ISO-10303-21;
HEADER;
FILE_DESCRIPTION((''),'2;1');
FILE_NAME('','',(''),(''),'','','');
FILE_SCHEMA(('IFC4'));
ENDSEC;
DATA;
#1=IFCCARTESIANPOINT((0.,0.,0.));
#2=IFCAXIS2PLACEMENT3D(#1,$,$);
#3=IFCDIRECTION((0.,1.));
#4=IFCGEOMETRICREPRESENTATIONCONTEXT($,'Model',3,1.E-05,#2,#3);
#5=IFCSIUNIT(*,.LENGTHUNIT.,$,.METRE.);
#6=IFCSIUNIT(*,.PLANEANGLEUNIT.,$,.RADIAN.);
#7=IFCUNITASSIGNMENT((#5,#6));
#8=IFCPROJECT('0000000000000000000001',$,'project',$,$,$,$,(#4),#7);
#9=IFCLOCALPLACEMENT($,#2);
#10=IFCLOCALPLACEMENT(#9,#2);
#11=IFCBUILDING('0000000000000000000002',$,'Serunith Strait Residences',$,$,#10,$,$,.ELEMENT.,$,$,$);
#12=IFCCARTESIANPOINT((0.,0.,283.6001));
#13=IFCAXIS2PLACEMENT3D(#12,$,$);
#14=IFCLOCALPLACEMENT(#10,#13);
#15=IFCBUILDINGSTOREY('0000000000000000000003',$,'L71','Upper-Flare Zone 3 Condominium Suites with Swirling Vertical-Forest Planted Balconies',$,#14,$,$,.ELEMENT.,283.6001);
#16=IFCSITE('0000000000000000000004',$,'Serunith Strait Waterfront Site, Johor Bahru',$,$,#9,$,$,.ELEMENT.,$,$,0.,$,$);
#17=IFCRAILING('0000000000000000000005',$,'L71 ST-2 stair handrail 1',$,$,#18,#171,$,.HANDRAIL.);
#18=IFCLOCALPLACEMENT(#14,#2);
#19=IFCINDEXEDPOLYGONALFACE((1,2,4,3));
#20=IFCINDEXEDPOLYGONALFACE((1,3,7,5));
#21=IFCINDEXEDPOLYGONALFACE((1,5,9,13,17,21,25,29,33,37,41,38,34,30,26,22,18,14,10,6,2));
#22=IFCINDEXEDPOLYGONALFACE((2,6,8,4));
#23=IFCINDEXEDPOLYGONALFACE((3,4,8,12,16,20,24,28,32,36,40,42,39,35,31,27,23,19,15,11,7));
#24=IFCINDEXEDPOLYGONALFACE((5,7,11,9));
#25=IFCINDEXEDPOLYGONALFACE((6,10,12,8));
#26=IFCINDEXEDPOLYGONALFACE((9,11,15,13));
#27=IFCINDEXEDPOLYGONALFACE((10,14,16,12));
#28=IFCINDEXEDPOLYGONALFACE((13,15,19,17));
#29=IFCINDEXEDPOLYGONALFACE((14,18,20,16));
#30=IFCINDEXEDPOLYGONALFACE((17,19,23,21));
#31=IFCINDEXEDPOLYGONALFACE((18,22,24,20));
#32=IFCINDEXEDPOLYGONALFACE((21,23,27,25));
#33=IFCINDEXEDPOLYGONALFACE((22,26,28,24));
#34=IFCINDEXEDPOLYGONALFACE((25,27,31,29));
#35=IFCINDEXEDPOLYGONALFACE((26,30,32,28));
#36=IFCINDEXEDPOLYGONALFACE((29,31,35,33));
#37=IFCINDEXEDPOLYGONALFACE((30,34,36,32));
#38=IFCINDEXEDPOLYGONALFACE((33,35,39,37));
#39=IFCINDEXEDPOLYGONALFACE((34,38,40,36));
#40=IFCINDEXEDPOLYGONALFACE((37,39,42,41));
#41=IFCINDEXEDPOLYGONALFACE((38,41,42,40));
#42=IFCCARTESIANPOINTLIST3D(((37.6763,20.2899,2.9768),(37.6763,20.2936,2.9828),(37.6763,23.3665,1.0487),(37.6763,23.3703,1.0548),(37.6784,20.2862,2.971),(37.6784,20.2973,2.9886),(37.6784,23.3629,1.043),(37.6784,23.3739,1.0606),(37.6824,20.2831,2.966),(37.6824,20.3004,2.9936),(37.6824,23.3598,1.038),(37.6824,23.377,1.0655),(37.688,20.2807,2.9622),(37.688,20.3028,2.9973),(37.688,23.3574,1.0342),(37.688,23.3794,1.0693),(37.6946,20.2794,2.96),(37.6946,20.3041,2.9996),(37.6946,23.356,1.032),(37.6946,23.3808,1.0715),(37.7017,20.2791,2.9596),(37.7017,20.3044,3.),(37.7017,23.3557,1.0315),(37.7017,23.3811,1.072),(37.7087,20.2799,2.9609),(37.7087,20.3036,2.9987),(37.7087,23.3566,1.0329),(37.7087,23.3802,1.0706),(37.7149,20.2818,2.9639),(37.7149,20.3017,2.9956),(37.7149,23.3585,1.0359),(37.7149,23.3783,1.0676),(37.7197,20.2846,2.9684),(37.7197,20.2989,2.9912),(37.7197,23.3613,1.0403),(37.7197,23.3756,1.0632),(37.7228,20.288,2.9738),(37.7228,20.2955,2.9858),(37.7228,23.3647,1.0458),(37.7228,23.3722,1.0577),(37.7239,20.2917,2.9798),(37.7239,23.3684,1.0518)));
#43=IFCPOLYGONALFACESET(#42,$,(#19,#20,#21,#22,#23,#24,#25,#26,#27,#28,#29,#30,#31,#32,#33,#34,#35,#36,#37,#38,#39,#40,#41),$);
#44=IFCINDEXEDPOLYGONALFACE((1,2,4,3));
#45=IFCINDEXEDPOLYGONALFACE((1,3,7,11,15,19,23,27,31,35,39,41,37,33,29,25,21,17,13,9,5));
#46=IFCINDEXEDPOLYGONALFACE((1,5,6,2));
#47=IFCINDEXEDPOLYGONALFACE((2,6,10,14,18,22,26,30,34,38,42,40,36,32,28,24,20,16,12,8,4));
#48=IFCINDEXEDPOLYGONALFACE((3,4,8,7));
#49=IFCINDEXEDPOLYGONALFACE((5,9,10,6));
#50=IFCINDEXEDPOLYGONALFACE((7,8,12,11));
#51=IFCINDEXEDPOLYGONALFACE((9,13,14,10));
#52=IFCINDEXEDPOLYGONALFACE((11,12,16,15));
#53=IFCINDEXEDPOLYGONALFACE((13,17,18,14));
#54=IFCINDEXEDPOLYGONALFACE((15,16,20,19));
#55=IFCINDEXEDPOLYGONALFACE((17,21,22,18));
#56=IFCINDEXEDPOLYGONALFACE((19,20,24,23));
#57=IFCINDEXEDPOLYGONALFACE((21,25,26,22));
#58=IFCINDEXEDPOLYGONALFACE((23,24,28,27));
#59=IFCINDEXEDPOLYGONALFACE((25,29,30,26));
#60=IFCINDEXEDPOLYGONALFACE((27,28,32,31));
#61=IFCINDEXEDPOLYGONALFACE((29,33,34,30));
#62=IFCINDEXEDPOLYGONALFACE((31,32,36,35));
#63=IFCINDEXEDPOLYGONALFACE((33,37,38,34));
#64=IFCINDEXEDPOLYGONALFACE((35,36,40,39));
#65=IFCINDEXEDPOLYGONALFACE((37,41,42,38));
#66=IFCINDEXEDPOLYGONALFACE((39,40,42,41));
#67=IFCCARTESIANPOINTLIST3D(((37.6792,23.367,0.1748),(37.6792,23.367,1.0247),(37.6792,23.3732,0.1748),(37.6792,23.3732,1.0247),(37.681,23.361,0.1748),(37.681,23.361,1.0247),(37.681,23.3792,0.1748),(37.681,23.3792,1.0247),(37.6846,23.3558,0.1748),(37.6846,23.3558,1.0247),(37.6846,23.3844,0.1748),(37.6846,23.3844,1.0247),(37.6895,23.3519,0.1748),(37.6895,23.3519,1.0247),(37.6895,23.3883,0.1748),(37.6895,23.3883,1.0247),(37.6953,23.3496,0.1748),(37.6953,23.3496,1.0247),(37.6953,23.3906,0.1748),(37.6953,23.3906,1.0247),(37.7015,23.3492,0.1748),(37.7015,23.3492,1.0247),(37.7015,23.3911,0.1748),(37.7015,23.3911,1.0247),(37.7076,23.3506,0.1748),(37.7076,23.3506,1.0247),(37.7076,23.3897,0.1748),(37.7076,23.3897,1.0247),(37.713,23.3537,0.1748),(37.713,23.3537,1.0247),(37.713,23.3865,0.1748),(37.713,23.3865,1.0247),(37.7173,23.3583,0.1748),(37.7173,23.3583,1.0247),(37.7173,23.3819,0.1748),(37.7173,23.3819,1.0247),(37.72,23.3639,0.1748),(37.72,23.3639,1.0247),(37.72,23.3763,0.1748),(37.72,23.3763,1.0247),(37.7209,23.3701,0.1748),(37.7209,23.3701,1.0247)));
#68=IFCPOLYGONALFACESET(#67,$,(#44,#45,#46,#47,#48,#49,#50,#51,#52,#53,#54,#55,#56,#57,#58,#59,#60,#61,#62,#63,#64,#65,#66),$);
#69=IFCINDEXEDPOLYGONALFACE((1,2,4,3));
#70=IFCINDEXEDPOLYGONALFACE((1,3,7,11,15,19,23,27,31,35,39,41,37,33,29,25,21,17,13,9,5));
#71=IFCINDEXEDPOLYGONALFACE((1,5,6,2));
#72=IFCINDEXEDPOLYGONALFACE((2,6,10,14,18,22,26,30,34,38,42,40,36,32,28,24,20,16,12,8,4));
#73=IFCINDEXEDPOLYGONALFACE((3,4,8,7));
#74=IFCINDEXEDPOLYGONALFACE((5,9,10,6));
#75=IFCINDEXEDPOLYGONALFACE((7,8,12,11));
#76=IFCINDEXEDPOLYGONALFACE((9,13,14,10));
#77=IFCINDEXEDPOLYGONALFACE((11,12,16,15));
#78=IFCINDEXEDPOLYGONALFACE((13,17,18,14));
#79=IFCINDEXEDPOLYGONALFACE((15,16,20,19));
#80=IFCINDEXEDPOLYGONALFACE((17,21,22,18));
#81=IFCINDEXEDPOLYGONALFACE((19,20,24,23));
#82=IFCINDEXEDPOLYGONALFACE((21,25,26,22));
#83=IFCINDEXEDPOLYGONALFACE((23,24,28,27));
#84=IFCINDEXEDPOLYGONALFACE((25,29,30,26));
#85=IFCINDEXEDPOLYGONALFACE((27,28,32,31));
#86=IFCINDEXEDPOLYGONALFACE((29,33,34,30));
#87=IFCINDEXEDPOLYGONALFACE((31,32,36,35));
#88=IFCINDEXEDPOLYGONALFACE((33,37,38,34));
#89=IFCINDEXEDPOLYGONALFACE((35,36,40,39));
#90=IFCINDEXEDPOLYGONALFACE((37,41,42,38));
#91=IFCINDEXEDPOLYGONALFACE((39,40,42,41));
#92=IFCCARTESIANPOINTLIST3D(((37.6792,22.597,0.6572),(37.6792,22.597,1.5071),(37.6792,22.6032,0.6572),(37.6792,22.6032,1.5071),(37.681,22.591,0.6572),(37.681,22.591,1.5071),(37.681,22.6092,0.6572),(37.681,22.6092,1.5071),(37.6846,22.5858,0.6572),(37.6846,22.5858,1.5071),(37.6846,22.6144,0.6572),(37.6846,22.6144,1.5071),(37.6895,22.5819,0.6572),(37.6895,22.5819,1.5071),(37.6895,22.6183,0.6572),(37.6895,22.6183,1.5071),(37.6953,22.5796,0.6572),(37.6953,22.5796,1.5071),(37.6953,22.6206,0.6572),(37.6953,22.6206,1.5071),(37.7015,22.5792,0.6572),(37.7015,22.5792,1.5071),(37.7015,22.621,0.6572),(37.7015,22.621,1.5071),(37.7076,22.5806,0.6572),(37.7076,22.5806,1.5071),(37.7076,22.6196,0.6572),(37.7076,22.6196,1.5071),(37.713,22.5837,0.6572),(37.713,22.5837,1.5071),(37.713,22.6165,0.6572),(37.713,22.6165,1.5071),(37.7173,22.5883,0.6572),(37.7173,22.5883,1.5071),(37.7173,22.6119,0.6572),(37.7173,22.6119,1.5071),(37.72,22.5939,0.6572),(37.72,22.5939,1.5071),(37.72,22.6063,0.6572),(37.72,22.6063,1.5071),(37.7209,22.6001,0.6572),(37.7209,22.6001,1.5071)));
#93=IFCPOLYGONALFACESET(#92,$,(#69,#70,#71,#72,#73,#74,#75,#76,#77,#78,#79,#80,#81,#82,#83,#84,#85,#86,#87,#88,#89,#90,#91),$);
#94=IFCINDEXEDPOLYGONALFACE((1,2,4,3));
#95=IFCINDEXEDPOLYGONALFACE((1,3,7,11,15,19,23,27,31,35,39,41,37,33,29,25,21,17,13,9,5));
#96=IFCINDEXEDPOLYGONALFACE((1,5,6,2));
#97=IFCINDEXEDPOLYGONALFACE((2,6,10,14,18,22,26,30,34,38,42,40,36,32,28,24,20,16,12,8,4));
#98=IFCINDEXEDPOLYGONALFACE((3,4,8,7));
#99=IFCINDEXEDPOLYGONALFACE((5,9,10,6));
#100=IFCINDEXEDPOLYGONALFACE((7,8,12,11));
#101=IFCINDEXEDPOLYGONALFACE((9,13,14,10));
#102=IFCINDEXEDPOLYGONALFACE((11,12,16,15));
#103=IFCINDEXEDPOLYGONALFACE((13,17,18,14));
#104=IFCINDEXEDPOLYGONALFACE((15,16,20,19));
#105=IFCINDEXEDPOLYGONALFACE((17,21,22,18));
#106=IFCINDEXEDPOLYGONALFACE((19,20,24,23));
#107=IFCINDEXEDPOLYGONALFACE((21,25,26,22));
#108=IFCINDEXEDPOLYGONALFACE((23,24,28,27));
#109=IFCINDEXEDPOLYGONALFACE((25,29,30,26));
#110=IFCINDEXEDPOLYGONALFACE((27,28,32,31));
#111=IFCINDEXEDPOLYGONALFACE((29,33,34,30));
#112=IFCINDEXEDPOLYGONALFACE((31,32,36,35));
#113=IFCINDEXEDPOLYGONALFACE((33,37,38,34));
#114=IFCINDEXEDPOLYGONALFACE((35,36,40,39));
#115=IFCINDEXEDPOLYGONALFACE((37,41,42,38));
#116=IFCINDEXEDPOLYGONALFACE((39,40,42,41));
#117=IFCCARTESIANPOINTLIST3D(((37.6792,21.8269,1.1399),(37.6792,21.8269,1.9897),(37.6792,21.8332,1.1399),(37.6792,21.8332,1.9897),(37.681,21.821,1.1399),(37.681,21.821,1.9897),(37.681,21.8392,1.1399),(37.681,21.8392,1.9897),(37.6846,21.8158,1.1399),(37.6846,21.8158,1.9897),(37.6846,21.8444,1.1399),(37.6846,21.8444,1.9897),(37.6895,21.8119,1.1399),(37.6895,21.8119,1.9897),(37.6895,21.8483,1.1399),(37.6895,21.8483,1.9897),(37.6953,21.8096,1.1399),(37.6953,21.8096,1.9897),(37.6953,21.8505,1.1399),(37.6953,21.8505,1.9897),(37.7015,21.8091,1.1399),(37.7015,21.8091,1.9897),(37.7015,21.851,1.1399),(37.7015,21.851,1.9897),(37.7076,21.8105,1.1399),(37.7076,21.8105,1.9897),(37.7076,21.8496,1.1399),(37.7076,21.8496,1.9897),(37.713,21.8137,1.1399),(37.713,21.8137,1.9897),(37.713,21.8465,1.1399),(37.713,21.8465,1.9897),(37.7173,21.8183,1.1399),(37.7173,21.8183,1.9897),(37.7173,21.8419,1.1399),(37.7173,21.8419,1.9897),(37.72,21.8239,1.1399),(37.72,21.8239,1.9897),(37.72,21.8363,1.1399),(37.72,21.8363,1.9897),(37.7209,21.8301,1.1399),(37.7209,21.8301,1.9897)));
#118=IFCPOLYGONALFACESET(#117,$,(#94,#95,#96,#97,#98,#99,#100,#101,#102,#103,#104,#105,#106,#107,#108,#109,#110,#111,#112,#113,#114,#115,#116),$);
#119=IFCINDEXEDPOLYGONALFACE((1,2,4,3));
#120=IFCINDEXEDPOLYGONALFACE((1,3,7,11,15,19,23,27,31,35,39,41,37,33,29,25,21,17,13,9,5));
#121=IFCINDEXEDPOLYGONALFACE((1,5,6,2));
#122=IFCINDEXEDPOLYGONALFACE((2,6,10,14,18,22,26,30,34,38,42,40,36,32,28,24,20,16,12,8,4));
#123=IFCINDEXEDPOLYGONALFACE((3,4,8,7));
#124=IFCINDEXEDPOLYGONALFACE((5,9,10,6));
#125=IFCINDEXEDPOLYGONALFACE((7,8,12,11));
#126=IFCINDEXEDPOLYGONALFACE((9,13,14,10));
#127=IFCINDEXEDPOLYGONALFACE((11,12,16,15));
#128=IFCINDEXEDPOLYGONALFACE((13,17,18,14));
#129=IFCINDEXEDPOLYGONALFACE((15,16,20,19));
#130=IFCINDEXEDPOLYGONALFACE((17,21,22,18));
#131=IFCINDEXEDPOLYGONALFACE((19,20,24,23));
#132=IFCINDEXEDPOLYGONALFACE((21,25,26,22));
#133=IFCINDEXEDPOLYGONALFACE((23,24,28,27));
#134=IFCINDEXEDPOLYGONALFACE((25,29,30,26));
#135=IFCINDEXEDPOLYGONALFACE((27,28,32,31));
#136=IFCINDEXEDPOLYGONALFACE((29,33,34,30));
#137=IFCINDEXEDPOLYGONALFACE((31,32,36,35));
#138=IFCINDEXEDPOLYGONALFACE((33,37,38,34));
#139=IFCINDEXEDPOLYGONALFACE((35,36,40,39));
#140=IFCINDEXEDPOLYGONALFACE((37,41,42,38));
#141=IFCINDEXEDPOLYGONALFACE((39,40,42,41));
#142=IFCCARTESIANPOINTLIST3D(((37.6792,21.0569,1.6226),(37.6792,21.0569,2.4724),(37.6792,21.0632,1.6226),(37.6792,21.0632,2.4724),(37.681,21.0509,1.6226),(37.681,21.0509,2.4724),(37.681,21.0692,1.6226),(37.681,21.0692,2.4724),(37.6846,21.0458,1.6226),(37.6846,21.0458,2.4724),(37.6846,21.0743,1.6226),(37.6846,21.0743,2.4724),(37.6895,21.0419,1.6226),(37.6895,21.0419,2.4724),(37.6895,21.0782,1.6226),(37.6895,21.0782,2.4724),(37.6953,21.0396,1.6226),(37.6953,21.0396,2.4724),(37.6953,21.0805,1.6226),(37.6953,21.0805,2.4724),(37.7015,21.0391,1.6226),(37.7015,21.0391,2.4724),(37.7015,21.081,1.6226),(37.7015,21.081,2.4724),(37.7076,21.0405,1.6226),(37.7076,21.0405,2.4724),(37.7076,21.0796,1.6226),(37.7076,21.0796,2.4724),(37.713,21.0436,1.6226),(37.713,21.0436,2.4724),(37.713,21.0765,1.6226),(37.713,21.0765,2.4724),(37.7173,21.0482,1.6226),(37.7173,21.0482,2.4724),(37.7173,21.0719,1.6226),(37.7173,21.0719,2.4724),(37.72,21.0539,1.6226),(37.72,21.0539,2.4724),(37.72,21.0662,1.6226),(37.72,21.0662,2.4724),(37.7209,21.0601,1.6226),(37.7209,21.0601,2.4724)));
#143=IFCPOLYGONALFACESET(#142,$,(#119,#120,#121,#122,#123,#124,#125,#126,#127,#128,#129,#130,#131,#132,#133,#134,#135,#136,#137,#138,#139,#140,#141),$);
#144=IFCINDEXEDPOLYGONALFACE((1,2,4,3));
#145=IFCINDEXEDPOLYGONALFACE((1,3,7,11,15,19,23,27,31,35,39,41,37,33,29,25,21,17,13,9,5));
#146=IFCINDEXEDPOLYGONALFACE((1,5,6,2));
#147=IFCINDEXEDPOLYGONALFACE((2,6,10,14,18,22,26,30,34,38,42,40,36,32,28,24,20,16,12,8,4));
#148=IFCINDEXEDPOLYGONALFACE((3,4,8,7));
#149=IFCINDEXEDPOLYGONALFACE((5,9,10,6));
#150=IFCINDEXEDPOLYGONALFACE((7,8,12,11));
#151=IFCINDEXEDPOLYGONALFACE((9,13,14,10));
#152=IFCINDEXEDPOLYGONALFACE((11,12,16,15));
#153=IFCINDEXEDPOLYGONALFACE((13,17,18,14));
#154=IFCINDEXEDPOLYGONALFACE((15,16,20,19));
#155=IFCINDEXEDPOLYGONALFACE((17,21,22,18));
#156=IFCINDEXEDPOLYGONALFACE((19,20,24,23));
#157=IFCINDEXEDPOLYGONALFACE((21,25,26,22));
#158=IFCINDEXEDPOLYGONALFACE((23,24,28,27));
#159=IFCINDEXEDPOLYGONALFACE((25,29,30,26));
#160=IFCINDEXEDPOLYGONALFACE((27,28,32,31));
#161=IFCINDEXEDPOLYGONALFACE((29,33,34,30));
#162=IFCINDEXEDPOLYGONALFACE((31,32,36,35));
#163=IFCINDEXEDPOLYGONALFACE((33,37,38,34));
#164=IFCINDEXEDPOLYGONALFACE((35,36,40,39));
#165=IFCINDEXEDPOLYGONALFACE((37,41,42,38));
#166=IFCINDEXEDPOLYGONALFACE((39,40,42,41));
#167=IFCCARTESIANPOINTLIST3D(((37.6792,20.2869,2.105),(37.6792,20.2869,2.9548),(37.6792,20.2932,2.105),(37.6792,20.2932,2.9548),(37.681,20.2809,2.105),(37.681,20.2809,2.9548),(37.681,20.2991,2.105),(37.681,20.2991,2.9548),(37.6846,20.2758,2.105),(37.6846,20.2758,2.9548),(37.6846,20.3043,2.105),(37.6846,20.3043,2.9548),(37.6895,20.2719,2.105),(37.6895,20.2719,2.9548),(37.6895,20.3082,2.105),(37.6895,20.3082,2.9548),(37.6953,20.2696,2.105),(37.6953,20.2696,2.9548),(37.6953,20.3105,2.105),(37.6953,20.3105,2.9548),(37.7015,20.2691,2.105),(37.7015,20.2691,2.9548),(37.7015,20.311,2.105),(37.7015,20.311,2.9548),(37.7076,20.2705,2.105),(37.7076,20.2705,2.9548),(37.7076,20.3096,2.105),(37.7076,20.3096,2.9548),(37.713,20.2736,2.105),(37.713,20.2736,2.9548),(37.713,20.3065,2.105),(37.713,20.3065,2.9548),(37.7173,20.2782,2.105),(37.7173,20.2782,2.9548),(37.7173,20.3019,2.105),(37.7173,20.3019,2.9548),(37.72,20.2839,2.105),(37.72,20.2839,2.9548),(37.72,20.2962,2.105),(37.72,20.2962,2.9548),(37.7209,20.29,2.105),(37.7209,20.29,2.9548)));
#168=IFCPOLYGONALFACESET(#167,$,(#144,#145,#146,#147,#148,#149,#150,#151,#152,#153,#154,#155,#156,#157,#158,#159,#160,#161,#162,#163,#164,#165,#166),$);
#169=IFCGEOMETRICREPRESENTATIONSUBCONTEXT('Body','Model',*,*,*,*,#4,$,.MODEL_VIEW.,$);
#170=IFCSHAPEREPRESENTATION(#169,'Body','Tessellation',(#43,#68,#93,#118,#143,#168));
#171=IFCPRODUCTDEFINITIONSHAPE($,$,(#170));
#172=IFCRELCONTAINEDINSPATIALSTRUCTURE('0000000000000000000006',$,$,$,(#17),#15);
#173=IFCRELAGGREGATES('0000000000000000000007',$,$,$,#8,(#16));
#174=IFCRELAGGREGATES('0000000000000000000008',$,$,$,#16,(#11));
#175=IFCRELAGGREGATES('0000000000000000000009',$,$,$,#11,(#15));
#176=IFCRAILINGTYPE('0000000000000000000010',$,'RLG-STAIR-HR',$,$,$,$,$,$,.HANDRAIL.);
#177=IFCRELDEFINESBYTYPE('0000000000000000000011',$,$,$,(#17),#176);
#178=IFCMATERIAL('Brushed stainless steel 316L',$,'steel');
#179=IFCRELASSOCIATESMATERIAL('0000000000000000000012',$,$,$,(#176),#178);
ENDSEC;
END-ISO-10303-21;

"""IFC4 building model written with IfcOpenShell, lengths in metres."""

from ifc_helpers import new_model, si_unit, direction, frame, origin, origin_2d, place, context, subcontext, project, spatial, circle, extrude, material, type_object, element, save


model = new_model("IFC4")

# Units and contexts
model_context = context("Model", 3, precision=1e-05, world=origin(), true_north=direction((0.0, 1.0)))
body_context = subcontext(model_context, "Body", "Model", "MODEL_VIEW")
ifc_project = project(units=[si_unit("LENGTHUNIT", "METRE"), si_unit("PLANEANGLEUNIT", "RADIAN")], contexts=[model_context])

# Site, building, storey
site_placement = place(None, origin())
site = spatial("IfcSite", under=ifc_project, at=site_placement, Name="Serunith Strait Waterfront Site, Johor Bahru", CompositionType="ELEMENT", RefElevation=0.0)
building_placement = place(site_placement, origin())
building = spatial("IfcBuilding", under=site, at=building_placement, Name="Serunith Strait Residences", CompositionType="ELEMENT")
storey_placement = place(building_placement, frame((0.0, 0.0, 283.6001)))
storey = spatial("IfcBuildingStorey", under=building, at=storey_placement, Name="L71", Description="Upper-Flare Zone 3 Condominium Suites with Swirling Vertical-Forest Planted Balconies", CompositionType="ELEMENT", Elevation=283.6001)

# Railing
ifc_material_1 = material(Name="Brushed stainless steel 316L", Category="steel")
railing_type_1 = type_object("IfcRailingType", Name="RLG-STAIR-HR", PredefinedType="HANDRAIL", material=ifc_material_1)
railing_1_placement = place(storey_placement, frame((37.7, 23.3701, 0.1748)))
element("IfcRailing", 1, at=railing_1_placement, inside=storey, type_object=railing_type_1, Name="L71 ST-2 stair handrail 1", PredefinedType="HANDRAIL", context=body_context, shape_type="SweptSolid", body=[
    extrude(circle(Radius=0.0239, at=origin_2d()), frame((0.0, -0.0017, 0.877), z_axis=(0.0, -0.847364, 0.531013), x_axis=(1.0, 0.0, 0.0)), (0.0, 0.0, 1.0), 3.6309),
    extrude(circle(Radius=0.021, at=origin_2d()), origin(), (0.0, 0.0, 1.0), 0.8499),
    extrude(circle(Radius=0.021, at=origin_2d()), frame((0.0, -0.77, 0.4824)), (0.0, 0.0, 1.0), 0.8499),
    extrude(circle(Radius=0.021, at=origin_2d()), frame((0.0, -1.54, 0.9651)), (0.0, 0.0, 1.0), 0.8499),
    extrude(circle(Radius=0.021, at=origin_2d()), frame((0.0, -2.3101, 1.4478)), (0.0, 0.0, 1.0), 0.8499),
    extrude(circle(Radius=0.021, at=origin_2d()), frame((0.0, -3.0801, 1.9302)), (0.0, 0.0, 1.0), 0.8499),
])

save(model, "model.ifc")
